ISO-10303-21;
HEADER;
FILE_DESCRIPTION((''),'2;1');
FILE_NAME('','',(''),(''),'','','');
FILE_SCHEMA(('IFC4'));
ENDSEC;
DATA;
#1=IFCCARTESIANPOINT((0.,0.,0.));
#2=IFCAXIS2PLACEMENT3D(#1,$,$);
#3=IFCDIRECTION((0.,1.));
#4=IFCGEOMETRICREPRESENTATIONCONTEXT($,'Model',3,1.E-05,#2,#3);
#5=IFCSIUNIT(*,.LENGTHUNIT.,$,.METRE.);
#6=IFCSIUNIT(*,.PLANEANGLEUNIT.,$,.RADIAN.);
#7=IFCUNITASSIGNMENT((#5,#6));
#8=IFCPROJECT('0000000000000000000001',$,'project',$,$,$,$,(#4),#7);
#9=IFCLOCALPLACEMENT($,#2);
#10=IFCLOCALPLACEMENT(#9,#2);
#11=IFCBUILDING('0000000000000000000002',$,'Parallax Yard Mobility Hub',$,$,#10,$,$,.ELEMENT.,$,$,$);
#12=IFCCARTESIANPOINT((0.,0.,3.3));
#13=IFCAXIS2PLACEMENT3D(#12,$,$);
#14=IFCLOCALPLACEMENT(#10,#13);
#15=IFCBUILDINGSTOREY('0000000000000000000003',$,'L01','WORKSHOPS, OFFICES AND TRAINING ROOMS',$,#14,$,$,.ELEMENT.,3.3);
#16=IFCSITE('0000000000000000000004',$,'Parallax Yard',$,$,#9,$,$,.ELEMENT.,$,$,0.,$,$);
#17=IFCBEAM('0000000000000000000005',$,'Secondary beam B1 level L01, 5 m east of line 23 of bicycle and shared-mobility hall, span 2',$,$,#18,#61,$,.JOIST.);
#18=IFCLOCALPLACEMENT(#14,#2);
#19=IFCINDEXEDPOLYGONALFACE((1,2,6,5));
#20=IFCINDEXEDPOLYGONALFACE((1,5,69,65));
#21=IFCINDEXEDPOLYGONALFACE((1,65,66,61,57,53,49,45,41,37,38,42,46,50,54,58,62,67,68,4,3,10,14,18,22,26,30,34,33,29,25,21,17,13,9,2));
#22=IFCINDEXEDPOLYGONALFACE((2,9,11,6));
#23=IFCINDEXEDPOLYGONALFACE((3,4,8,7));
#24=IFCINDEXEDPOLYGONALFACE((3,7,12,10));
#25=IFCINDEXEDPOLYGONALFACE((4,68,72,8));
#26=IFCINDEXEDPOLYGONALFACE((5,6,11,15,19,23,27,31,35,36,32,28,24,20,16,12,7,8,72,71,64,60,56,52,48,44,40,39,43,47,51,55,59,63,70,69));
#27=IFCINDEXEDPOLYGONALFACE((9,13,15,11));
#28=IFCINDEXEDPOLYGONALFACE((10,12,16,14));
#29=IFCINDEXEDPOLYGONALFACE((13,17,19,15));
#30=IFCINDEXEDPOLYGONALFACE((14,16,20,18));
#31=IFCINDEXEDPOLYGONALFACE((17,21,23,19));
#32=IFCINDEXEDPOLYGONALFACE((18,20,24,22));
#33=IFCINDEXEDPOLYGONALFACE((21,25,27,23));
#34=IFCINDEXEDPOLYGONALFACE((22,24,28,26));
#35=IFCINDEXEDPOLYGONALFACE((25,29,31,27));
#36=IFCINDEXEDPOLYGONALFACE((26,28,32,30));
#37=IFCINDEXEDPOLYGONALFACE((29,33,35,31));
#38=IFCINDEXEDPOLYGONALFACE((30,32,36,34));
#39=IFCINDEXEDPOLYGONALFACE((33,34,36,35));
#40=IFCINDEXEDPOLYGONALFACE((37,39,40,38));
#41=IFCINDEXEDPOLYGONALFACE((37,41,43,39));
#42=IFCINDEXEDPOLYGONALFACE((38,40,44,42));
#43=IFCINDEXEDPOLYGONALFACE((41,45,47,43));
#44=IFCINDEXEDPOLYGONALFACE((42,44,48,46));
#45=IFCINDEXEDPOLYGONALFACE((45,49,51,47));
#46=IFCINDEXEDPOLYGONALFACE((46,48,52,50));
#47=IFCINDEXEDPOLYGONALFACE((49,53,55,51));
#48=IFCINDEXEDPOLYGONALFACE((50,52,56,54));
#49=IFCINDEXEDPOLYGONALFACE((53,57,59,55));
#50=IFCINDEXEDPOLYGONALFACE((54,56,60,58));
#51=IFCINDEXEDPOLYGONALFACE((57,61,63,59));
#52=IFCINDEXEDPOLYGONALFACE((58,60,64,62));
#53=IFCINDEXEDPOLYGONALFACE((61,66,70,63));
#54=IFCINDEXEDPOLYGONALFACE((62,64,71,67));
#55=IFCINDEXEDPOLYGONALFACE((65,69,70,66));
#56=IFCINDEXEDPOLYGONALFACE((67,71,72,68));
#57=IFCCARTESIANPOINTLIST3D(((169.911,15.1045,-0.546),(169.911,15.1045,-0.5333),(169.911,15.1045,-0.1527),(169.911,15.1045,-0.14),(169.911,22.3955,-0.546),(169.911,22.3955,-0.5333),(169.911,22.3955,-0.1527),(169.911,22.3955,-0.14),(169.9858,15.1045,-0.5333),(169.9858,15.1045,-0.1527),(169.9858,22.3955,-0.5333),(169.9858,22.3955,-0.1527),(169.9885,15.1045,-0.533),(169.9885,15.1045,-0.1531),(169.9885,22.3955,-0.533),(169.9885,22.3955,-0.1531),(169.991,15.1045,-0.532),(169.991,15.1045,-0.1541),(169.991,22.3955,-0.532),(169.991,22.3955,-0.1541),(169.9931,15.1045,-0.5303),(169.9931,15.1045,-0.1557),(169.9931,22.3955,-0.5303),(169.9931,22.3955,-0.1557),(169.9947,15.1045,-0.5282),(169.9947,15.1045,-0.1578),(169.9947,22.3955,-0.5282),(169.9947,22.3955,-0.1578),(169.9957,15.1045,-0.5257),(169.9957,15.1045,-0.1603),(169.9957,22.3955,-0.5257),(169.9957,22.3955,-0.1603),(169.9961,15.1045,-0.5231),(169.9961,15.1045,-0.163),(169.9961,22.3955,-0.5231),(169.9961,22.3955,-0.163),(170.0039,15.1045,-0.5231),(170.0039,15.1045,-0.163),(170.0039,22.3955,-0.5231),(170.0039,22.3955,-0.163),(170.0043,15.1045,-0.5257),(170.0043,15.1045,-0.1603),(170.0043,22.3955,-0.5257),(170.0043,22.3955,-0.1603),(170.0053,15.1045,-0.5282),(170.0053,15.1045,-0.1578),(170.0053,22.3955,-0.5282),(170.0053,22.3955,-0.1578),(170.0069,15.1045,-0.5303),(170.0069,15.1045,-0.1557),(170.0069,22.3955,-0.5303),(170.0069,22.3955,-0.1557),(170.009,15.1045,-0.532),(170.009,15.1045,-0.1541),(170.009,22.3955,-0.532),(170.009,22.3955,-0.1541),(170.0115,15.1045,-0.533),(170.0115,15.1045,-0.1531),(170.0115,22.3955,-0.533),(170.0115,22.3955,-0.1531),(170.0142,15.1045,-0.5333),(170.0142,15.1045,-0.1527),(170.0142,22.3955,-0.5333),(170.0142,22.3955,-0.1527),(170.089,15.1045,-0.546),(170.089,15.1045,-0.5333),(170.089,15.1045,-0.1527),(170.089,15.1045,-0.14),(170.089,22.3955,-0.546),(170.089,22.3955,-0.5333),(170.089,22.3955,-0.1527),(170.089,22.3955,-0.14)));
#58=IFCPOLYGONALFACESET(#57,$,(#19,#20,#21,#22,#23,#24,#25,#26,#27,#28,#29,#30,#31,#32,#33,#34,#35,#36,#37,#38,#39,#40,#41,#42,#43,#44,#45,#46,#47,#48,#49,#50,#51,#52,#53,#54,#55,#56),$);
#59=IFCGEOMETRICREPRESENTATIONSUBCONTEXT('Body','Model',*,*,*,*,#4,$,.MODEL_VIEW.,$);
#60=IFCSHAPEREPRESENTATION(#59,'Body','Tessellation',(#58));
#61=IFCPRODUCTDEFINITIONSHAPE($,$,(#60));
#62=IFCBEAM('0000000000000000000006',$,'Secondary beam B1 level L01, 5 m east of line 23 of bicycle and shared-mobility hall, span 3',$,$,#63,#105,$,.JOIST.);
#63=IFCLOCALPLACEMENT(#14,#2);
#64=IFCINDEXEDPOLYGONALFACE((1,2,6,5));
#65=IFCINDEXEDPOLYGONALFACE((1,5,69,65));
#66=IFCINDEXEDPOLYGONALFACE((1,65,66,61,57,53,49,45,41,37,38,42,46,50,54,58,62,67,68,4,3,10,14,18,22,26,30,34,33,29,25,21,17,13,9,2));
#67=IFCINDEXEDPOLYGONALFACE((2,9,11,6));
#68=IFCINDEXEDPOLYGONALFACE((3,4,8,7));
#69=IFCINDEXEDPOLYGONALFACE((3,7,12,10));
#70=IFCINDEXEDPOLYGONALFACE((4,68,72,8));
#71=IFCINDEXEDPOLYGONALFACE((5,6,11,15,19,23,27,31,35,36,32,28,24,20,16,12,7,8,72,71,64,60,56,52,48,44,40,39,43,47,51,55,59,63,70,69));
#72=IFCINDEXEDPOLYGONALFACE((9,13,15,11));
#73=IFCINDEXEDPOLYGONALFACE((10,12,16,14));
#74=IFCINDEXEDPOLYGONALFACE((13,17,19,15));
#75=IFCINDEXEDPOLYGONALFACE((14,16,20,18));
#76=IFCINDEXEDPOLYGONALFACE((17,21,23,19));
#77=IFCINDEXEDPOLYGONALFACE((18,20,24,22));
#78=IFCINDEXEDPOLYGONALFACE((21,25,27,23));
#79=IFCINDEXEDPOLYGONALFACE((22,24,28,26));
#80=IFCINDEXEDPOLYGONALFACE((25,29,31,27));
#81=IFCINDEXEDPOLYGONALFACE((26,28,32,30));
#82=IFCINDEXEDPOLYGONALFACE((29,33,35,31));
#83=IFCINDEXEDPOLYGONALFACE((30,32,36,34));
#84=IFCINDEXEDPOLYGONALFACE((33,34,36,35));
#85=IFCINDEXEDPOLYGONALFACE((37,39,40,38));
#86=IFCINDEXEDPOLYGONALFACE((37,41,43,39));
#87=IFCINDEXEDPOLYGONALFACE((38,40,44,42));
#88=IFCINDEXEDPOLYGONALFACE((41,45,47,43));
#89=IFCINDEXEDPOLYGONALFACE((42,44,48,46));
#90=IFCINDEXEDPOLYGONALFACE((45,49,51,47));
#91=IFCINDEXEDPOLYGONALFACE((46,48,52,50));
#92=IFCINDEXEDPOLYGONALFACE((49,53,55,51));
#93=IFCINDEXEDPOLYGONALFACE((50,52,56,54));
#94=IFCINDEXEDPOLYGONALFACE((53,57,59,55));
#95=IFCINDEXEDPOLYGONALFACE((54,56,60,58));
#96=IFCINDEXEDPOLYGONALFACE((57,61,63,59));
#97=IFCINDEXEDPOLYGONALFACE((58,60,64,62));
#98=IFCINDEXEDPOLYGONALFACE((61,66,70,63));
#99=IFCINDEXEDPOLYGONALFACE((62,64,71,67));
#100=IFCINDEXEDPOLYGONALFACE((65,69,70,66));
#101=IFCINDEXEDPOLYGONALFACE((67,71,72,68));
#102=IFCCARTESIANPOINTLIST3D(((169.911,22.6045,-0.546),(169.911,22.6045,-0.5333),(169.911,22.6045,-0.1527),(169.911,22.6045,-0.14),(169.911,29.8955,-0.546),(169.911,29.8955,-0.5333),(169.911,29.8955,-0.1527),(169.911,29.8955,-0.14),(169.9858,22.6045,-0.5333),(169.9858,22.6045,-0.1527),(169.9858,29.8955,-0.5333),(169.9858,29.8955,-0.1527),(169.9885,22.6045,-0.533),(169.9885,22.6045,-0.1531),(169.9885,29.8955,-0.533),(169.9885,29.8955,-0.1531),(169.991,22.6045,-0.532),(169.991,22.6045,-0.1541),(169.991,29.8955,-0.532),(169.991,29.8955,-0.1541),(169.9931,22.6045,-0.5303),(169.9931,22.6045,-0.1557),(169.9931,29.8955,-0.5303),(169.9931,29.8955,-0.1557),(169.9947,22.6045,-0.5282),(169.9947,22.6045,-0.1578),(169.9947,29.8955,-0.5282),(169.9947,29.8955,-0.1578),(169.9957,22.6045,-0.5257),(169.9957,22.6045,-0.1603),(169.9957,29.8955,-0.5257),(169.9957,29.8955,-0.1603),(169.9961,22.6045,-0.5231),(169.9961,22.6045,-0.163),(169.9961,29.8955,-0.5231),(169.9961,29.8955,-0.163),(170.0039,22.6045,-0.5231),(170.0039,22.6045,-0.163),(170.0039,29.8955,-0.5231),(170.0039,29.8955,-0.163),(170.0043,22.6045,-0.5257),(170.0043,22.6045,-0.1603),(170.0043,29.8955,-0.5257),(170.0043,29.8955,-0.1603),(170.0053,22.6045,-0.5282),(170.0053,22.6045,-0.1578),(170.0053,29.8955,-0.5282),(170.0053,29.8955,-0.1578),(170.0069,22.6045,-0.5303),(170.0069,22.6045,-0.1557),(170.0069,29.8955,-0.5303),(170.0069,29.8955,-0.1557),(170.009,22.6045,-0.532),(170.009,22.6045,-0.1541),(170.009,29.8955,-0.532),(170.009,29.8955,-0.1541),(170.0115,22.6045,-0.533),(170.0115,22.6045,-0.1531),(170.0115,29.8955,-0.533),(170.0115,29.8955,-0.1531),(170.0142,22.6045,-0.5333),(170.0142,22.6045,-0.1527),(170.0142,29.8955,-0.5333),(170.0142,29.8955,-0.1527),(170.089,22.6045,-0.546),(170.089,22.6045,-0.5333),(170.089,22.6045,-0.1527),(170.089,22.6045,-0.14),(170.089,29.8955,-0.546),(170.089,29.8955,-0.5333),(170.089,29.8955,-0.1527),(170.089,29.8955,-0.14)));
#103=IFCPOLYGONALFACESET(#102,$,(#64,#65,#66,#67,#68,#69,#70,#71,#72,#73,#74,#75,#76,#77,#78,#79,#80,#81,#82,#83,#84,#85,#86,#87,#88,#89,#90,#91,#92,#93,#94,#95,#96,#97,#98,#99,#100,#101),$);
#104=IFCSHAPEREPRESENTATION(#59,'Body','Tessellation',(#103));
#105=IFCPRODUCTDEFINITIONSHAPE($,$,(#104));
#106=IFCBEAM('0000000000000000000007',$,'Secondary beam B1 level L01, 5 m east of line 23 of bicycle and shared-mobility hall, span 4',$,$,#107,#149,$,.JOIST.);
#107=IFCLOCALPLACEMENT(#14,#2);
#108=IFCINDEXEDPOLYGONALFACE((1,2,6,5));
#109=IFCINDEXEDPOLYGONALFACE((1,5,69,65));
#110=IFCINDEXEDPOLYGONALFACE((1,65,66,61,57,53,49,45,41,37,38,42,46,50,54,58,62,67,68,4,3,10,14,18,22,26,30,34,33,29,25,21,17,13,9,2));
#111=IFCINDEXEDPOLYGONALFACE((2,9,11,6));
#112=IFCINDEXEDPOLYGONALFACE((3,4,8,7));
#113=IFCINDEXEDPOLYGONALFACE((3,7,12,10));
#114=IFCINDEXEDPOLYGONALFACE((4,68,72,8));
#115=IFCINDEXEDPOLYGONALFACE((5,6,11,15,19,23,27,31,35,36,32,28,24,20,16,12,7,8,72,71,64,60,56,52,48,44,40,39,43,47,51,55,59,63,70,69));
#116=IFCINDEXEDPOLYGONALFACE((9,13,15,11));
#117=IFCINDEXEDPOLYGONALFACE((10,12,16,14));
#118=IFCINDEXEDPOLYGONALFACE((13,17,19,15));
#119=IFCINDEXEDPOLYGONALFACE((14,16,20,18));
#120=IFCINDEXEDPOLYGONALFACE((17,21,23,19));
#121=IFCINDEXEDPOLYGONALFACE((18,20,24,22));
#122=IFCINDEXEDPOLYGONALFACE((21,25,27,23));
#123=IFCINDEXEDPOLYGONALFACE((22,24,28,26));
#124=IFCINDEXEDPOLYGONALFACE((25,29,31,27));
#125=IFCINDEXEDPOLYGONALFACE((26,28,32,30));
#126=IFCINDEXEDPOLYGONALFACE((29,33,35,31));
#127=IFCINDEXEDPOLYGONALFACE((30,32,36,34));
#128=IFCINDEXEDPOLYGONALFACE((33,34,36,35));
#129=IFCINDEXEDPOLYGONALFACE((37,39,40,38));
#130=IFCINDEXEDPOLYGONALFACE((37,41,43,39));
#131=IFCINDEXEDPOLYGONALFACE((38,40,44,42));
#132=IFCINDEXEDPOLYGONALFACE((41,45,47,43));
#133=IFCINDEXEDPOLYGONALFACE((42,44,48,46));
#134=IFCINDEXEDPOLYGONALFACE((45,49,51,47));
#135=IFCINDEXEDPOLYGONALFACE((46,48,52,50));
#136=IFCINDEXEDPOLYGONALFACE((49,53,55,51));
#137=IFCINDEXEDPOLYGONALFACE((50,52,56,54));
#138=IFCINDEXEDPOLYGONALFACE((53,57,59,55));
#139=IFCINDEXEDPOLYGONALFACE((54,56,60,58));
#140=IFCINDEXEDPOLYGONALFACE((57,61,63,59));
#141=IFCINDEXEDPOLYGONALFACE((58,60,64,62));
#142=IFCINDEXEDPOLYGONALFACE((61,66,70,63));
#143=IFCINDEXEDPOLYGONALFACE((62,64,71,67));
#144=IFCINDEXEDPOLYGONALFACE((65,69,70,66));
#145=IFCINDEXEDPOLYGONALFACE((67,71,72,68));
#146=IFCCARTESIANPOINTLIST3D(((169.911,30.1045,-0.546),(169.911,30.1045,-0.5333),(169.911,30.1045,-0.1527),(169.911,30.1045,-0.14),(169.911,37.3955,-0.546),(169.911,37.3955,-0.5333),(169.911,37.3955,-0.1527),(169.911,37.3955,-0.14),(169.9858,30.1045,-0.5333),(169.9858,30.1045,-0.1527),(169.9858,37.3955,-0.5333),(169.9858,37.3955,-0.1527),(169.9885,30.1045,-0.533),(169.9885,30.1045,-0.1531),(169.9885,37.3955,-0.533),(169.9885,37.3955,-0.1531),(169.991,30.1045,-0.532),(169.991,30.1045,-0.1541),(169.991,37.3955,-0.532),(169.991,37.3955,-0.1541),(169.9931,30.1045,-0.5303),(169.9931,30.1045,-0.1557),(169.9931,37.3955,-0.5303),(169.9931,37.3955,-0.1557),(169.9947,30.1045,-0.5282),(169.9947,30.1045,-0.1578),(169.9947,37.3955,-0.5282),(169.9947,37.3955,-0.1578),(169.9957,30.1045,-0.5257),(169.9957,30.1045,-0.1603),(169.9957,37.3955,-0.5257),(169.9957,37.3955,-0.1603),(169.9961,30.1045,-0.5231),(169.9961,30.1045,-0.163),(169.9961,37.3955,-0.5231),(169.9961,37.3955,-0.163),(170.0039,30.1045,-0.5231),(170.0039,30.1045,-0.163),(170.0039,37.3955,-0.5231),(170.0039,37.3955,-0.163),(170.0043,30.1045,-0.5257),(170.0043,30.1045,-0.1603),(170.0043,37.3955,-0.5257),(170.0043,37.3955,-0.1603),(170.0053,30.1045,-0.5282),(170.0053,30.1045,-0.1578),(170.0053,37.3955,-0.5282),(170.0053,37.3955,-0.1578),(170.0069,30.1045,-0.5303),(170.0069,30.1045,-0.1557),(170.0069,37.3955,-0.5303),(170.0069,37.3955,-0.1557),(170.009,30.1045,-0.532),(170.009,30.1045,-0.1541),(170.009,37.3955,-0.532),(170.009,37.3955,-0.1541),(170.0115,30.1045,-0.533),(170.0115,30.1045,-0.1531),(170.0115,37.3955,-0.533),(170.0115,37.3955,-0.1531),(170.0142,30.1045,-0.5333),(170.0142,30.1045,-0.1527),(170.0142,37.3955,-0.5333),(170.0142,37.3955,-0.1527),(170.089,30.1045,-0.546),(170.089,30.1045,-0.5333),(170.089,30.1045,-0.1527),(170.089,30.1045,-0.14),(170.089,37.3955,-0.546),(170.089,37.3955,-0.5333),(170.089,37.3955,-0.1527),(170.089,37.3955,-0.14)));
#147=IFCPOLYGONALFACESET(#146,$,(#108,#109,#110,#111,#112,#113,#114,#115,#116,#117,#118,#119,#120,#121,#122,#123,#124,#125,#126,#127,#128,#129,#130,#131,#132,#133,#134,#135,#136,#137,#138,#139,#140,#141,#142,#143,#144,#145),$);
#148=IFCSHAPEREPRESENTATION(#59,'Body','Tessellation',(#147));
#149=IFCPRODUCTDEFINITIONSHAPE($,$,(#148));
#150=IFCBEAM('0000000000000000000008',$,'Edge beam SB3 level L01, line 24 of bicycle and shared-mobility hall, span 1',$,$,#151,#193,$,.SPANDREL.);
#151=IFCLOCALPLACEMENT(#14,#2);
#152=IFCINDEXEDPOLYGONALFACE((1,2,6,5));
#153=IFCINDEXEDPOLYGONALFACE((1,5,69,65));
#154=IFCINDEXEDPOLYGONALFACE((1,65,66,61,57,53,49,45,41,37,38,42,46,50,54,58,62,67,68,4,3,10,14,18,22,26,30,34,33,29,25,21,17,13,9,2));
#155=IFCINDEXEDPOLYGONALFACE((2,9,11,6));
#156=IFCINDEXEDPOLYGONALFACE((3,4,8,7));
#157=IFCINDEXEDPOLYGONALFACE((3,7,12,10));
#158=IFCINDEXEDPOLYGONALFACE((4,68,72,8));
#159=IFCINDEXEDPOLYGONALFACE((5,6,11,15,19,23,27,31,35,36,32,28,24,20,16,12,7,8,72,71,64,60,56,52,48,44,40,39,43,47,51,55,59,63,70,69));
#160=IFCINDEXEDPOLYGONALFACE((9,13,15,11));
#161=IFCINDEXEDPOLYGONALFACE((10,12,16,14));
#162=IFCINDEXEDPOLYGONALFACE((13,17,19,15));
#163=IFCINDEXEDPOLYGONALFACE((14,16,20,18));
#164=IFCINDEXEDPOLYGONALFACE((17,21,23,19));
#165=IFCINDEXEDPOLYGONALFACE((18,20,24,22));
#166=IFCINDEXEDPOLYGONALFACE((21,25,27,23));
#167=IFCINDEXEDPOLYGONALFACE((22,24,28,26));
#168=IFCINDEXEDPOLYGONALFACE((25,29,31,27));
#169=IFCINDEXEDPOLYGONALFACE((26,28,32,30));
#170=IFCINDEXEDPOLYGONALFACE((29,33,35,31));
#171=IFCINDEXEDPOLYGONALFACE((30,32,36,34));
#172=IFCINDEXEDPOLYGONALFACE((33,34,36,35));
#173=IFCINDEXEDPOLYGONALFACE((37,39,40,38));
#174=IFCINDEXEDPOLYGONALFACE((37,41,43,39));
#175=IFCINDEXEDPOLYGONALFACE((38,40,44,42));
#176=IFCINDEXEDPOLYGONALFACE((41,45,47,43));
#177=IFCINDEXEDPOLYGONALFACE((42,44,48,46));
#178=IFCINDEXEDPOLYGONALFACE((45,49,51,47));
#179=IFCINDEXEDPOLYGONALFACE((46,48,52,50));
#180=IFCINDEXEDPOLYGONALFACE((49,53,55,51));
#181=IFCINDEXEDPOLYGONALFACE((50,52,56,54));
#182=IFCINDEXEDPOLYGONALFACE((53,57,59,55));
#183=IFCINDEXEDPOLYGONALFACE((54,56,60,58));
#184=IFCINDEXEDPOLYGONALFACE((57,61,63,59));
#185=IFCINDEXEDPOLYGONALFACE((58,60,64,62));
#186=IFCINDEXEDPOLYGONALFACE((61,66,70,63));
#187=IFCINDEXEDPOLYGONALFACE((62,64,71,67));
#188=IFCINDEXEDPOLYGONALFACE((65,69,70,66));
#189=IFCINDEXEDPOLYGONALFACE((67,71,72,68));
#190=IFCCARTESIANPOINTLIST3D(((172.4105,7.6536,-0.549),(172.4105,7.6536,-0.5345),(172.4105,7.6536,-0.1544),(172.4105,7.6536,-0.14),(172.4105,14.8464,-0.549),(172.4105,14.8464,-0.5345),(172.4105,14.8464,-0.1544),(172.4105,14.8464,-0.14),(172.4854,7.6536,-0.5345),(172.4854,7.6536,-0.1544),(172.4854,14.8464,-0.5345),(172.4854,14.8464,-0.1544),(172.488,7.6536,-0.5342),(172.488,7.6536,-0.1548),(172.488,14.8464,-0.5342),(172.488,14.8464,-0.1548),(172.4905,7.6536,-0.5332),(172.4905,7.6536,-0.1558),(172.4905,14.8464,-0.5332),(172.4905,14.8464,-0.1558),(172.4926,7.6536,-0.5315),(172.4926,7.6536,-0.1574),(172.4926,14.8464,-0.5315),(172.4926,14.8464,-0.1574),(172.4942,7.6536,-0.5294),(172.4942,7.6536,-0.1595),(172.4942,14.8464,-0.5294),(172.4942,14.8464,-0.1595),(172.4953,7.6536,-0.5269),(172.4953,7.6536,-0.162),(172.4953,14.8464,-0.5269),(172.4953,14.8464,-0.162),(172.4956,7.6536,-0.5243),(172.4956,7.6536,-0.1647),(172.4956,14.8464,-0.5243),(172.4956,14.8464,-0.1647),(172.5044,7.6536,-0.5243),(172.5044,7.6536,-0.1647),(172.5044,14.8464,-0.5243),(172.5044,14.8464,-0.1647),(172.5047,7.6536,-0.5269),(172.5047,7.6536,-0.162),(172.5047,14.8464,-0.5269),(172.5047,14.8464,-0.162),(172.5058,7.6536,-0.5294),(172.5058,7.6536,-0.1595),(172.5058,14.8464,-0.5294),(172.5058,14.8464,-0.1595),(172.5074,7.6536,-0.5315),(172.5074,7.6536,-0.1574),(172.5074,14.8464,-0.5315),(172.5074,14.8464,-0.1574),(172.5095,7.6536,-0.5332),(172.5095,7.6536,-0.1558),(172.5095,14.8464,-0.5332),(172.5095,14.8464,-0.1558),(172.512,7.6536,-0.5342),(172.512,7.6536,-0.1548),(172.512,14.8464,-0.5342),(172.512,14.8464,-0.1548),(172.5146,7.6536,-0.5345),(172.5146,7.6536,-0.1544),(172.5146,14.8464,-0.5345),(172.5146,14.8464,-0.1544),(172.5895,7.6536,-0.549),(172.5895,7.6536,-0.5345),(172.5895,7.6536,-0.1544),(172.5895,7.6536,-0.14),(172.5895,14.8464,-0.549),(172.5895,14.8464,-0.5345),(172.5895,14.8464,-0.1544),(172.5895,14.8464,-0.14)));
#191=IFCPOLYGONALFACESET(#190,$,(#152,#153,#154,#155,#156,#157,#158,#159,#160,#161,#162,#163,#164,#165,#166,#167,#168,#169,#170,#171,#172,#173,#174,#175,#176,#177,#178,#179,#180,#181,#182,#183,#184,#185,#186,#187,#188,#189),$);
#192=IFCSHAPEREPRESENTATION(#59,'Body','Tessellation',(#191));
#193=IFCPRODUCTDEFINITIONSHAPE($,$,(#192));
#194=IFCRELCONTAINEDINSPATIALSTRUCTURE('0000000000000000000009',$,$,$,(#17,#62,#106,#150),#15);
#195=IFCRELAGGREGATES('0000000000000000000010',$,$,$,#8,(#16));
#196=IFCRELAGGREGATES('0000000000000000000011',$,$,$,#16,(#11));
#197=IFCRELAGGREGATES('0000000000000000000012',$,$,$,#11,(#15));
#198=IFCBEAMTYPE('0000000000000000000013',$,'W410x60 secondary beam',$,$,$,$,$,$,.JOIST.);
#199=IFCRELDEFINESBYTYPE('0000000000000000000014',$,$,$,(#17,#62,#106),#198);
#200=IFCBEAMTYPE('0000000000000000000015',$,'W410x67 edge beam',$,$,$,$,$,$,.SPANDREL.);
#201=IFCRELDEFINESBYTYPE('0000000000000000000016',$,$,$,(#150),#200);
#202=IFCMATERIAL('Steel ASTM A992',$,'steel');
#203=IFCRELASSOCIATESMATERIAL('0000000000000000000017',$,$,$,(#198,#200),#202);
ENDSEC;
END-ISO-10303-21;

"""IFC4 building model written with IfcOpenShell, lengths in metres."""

from ifc_helpers import new_model, si_unit, direction, frame, origin, origin_2d, place, context, subcontext, project, spatial, i_section, extrude, material, material_profile, profile_set, type_object, element, save


model = new_model("IFC4")

# Units and contexts
model_context = context("Model", 3, precision=1e-05, world=origin(), true_north=direction((0.0, 1.0)))
body_context = subcontext(model_context, "Body", "Model", "MODEL_VIEW")
ifc_project = project(units=[si_unit("LENGTHUNIT", "METRE"), si_unit("PLANEANGLEUNIT", "RADIAN")], contexts=[model_context])

# Site, building, storey
site_placement = place(None, origin())
site = spatial("IfcSite", under=ifc_project, at=site_placement, Name="Parallax Yard", CompositionType="ELEMENT", RefElevation=0.0)
building_placement = place(site_placement, origin())
building = spatial("IfcBuilding", under=site, at=building_placement, Name="Parallax Yard Mobility Hub", CompositionType="ELEMENT")
storey_placement = place(building_placement, frame((0.0, 0.0, 3.3)))
storey = spatial("IfcBuildingStorey", under=building, at=storey_placement, Name="L01", Description="WORKSHOPS, OFFICES AND TRAINING ROOMS", CompositionType="ELEMENT", Elevation=3.3)

# Shared definitions
ifc_material_1 = material(Name="Steel ASTM A992", Category="steel")

# Beams
ifc_material_profile_1 = material_profile(ifc_material_1, i_section(OverallWidth=0.178, OverallDepth=0.406, WebThickness=0.0078, FlangeThickness=0.0127, FilletRadius=0.0103, at=origin_2d()), Name="W410x60")
ifc_profile_set_1 = profile_set([ifc_material_profile_1], Name="Steel ASTM A992")
beam_type_1 = type_object("IfcBeamType", Name="W410x60 secondary beam", PredefinedType="JOIST", material=ifc_profile_set_1)
for number, where, z_axis, x_axis, name in (
    (1, (170.0, 15.1045, -0.343), (0.0, 1.0, 0.0), (-1.0, 0.0, 0.0), "Secondary beam B1 level L01, 5 m east of line 23 of bicycle and shared-mobility hall, span 2"),
    (2, (170.0, 22.6045, -0.343), (0.0, 1.0, 0.0), (-1.0, 0.0, 0.0), "Secondary beam B1 level L01, 5 m east of line 23 of bicycle and shared-mobility hall, span 3"),
    (3, (170.0, 30.1045, -0.343), (0.0, 1.0, 0.0), (-1.0, 0.0, 0.0), "Secondary beam B1 level L01, 5 m east of line 23 of bicycle and shared-mobility hall, span 4"),
):
    element("IfcBeam", number, at=place(storey_placement, frame(where, z_axis=z_axis, x_axis=x_axis)), inside=storey, type_object=beam_type_1, Name=name, PredefinedType="JOIST", context=body_context, shape_type="SweptSolid", body=[
        extrude(i_section(OverallWidth=0.178, OverallDepth=0.406, WebThickness=0.0078, FlangeThickness=0.0127, FilletRadius=0.0103, at=origin_2d()), origin(), (0.0, 0.0, 1.0), 7.291),
    ])
ifc_material_profile_2 = material_profile(ifc_material_1, i_section(OverallWidth=0.179, OverallDepth=0.4089, WebThickness=0.0088, FlangeThickness=0.0144, FilletRadius=0.0103, at=origin_2d()), Name="W410x67")
ifc_profile_set_2 = profile_set([ifc_material_profile_2], Name="Steel ASTM A992")
beam_type_2 = type_object("IfcBeamType", Name="W410x67 edge beam", PredefinedType="SPANDREL", material=ifc_profile_set_2)
beam_1_placement = place(storey_placement, frame((172.5, 7.6536, -0.3445), z_axis=(0.0, 1.0, 0.0), x_axis=(-1.0, 0.0, 0.0)))
element("IfcBeam", 4, at=beam_1_placement, inside=storey, type_object=beam_type_2, Name="Edge beam SB3 level L01, line 24 of bicycle and shared-mobility hall, span 1", PredefinedType="SPANDREL", context=body_context, shape_type="SweptSolid", body=[
    extrude(i_section(OverallWidth=0.179, OverallDepth=0.4089, WebThickness=0.0088, FlangeThickness=0.0144, FilletRadius=0.0103, at=origin_2d()), origin(), (0.0, 0.0, 1.0), 7.1929),
])

save(model, "model.ifc")
